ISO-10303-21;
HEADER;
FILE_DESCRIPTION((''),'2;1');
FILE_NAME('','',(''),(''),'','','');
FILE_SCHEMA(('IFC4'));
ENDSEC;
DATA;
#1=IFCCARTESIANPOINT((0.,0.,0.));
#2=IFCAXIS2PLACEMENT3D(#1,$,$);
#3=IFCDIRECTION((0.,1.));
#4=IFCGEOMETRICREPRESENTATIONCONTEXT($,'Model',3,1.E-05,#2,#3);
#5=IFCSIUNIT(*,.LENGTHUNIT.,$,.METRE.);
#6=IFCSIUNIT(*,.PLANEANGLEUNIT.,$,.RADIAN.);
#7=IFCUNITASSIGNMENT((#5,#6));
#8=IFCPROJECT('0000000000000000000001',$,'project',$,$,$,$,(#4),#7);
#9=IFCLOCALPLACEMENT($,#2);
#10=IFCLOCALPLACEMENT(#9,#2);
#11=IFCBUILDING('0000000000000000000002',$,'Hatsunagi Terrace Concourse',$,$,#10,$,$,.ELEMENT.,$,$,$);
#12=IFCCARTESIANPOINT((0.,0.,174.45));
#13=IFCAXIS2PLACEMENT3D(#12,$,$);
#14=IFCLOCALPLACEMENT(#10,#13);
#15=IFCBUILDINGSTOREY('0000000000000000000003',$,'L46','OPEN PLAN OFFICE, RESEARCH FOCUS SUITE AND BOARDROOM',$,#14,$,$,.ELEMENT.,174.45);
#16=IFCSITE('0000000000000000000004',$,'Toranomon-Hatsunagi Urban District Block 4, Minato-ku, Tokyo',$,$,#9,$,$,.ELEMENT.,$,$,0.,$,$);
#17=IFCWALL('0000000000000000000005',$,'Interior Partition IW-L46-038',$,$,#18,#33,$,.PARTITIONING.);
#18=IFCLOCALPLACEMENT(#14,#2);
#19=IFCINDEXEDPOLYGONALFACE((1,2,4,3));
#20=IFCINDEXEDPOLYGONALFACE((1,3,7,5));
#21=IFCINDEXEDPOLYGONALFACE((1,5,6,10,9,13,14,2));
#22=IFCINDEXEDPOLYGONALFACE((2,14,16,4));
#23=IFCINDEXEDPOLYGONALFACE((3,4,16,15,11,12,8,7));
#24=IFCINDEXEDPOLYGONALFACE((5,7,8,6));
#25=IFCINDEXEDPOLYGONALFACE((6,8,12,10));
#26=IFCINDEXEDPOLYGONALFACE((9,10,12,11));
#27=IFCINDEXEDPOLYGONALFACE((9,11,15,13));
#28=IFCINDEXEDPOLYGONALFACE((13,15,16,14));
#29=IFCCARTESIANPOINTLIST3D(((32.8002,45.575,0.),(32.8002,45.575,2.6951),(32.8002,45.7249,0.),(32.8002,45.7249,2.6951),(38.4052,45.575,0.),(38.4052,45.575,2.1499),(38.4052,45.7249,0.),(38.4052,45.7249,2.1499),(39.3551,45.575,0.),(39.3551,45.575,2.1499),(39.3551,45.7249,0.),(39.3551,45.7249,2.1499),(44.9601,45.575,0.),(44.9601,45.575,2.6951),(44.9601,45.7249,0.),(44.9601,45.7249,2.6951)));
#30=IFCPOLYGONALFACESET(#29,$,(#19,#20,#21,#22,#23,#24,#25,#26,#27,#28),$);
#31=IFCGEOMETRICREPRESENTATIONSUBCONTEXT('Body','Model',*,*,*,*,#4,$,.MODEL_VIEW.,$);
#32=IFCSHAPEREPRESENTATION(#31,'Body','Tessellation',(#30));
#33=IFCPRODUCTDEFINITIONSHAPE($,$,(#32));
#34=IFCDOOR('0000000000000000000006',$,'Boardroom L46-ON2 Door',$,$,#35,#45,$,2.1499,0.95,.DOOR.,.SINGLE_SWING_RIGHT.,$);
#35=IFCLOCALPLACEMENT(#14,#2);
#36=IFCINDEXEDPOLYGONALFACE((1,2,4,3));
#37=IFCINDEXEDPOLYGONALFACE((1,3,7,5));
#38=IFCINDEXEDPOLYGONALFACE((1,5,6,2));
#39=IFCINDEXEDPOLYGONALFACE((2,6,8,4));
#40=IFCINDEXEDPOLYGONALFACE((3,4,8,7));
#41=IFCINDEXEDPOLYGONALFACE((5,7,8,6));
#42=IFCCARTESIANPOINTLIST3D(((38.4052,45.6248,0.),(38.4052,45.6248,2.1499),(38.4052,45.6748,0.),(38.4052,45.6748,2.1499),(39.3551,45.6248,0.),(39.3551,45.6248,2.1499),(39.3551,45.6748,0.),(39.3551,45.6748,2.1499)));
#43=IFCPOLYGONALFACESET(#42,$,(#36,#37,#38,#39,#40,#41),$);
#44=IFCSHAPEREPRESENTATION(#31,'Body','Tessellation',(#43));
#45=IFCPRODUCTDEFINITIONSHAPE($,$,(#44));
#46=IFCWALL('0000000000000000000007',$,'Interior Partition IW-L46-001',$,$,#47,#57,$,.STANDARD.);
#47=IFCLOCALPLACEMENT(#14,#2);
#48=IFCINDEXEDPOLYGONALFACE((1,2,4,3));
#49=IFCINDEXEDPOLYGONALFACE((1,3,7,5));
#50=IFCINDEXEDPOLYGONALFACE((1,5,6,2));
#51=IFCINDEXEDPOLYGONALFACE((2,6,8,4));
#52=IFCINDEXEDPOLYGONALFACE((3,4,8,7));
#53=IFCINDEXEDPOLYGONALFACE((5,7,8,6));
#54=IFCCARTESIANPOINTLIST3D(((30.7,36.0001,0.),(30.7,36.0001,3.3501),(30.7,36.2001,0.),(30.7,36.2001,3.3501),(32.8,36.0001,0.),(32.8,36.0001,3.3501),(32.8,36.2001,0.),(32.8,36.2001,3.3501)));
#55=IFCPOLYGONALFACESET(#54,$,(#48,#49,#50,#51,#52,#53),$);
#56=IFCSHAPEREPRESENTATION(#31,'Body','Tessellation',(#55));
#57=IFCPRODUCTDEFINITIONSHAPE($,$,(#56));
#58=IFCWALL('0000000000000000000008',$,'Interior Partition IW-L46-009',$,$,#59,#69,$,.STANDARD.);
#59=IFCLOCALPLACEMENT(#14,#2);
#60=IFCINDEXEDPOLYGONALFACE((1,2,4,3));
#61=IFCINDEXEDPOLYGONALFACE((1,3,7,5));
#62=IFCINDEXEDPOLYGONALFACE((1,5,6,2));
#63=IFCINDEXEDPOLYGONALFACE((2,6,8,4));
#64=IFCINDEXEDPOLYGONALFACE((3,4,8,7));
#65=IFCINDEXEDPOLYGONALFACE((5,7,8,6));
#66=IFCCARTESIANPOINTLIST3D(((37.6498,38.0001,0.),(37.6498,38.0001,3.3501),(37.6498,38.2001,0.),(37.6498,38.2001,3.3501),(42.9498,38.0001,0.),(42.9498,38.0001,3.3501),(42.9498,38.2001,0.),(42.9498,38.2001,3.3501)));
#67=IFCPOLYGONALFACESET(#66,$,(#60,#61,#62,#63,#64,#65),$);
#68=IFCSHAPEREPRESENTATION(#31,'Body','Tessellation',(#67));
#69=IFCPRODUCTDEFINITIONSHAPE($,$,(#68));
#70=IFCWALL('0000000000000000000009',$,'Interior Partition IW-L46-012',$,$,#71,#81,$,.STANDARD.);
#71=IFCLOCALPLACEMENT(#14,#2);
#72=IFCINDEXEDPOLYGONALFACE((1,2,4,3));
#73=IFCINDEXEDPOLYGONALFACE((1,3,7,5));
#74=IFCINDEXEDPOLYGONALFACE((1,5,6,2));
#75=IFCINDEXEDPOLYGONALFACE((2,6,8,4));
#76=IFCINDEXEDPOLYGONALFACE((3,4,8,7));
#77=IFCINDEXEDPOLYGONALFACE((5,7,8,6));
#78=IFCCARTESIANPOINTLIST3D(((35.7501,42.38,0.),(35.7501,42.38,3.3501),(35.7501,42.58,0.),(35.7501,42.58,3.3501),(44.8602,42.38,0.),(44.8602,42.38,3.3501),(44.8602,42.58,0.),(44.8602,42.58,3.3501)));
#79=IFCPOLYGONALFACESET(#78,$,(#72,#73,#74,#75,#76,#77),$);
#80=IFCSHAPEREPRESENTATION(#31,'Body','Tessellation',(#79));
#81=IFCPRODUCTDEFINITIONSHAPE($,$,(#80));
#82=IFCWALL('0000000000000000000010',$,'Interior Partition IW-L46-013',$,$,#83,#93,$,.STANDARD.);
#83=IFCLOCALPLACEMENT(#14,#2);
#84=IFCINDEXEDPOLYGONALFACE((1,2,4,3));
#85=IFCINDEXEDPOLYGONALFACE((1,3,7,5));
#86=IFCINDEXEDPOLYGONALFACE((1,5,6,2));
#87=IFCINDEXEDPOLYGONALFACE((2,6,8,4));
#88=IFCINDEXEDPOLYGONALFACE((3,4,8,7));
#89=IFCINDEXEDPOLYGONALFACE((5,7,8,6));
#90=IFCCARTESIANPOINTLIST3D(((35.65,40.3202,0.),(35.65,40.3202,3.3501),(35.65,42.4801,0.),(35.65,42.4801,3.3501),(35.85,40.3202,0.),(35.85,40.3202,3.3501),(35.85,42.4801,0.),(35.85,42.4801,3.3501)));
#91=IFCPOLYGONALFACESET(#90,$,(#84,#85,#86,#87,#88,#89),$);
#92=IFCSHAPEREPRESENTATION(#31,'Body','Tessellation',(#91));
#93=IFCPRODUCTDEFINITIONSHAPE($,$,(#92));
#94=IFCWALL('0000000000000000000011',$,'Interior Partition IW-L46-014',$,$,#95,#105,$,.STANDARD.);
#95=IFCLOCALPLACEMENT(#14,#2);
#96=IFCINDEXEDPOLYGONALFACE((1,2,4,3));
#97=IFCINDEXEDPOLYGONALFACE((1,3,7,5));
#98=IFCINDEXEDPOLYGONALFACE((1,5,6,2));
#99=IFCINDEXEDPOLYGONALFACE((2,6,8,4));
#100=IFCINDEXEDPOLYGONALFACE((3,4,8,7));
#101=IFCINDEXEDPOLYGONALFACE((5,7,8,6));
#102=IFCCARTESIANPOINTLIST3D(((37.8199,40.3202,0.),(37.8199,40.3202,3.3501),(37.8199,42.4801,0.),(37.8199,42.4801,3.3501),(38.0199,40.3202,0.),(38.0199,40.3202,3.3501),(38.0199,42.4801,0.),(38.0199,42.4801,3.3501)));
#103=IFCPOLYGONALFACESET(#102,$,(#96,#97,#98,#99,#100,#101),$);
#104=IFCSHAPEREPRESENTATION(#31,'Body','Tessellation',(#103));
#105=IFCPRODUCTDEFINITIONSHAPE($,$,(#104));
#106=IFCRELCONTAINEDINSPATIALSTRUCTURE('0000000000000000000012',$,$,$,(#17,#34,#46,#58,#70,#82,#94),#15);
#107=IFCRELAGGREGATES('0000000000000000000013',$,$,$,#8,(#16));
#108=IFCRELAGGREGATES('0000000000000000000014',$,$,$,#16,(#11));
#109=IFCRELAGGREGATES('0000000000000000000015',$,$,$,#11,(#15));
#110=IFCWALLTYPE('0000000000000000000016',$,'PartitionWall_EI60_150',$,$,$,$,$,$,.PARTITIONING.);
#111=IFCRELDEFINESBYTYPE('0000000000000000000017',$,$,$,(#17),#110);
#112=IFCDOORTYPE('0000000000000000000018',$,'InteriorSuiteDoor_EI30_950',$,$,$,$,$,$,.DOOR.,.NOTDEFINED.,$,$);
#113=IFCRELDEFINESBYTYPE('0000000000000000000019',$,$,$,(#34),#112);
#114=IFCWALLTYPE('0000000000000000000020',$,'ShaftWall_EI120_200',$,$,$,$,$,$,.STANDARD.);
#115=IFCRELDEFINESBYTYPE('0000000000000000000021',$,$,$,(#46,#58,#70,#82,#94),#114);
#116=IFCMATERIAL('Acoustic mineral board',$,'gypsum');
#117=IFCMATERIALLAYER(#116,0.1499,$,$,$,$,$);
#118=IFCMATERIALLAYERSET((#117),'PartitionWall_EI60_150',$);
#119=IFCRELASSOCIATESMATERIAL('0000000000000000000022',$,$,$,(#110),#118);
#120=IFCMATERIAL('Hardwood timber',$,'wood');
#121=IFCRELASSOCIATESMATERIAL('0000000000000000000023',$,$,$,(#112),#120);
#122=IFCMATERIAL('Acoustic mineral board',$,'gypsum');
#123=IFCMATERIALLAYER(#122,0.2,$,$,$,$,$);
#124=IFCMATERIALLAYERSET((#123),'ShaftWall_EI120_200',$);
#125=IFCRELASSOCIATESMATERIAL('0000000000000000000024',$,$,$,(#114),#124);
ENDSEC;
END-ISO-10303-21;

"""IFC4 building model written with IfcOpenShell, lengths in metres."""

from ifc_helpers import new_model, si_unit, direction, frame, frame_2d, origin, place, context, subcontext, project, spatial, rectangle, extrude, material, layer, layer_set, type_object, element, fill, save


model = new_model("IFC4")

# Units and contexts
model_context = context("Model", 3, precision=1e-05, world=origin(), true_north=direction((0.0, 1.0)))
body_context = subcontext(model_context, "Body", "Model", "MODEL_VIEW")
ifc_project = project(units=[si_unit("LENGTHUNIT", "METRE"), si_unit("PLANEANGLEUNIT", "RADIAN")], contexts=[model_context])

# Site, building, storey
site_placement = place(None, origin())
site = spatial("IfcSite", under=ifc_project, at=site_placement, Name="Toranomon-Hatsunagi Urban District Block 4, Minato-ku, Tokyo", CompositionType="ELEMENT", RefElevation=0.0)
building_placement = place(site_placement, origin())
building = spatial("IfcBuilding", under=site, at=building_placement, Name="Hatsunagi Terrace Concourse", CompositionType="ELEMENT")
storey_placement = place(building_placement, frame((0.0, 0.0, 174.45)))
storey = spatial("IfcBuildingStorey", under=building, at=storey_placement, Name="L46", Description="OPEN PLAN OFFICE, RESEARCH FOCUS SUITE AND BOARDROOM", CompositionType="ELEMENT", Elevation=174.45)

# Shared definitions
ifc_material_1 = material(Name="Acoustic mineral board", Category="gypsum")
ifc_layer_1 = layer(ifc_material_1, 0.1499)
ifc_layer_set_1 = layer_set([ifc_layer_1], Name="PartitionWall_EI60_150")
wall_type_1 = type_object("IfcWallType", Name="PartitionWall_EI60_150", PredefinedType="PARTITIONING", material=ifc_layer_set_1)

# Wall, opening, door
wall_1_placement = place(storey_placement, frame((32.8, 45.6499, 0.0), z_axis=(0.0, 0.0, 1.0), x_axis=(1.0, 0.0, 0.0)))
wall_1 = element("IfcWall", 1, at=wall_1_placement, inside=storey, type_object=wall_type_1, Name="Interior Partition IW-L46-038", PredefinedType="PARTITIONING", context=body_context, shape_type="SweptSolid", body=[
    extrude(rectangle(XDim=12.1599, YDim=0.1499, at=frame_2d((6.0801, 0.0))), origin(), (0.0, 0.0, 1.0), 2.6951),
])
opening_1_placement = place(wall_1_placement, frame((5.605, 0.0, 0.0)))
opening_1 = element("IfcOpeningElement", 2, at=opening_1_placement, cuts=wall_1, PredefinedType="OPENING", context=body_context, shape_type="SweptSolid", body=[
    extrude(rectangle(XDim=0.95, YDim=2.1499, at=frame_2d((0.4751, 1.075))), frame((0.0, 0.085, 0.0), z_axis=(0.0, -1.0, 0.0), x_axis=(1.0, 0.0, 0.0)), (0.0, 0.0, 1.0), 0.1699),
])
ifc_material_2 = material(Name="Hardwood timber", Category="wood")
door_type_1 = type_object("IfcDoorType", Name="InteriorSuiteDoor_EI30_950", OperationType="NOTDEFINED", PredefinedType="DOOR", material=ifc_material_2)
door_1_placement = place(opening_1_placement, origin())
door_1 = element("IfcDoor", 3, at=door_1_placement, inside=storey, type_object=door_type_1, Name="Boardroom L46-ON2 Door", OperationType="SINGLE_SWING_RIGHT", OverallHeight=2.1499, OverallWidth=0.95, PredefinedType="DOOR", context=body_context, shape_type="SweptSolid", body=[
    extrude(rectangle(XDim=0.95, YDim=2.1499, at=frame_2d((0.4751, 1.075))), frame((0.0, 0.0249, 0.0), z_axis=(0.0, -1.0, 0.0), x_axis=(1.0, 0.0, 0.0)), (0.0, 0.0, 1.0), 0.05),
])
fill(opening_1, door_1)

# Walls
ifc_material_3 = material(Name="Acoustic mineral board", Category="gypsum")
ifc_layer_2 = layer(ifc_material_3, 0.2)
ifc_layer_set_2 = layer_set([ifc_layer_2], Name="ShaftWall_EI120_200")
wall_type_2 = type_object("IfcWallType", Name="ShaftWall_EI120_200", PredefinedType="STANDARD", material=ifc_layer_set_2)
wall_2_placement = place(storey_placement, frame((30.7, 36.1001, 0.0), z_axis=(0.0, 0.0, 1.0), x_axis=(1.0, 0.0, 0.0)))
element("IfcWall", 4, at=wall_2_placement, inside=storey, type_object=wall_type_2, Name="Interior Partition IW-L46-001", PredefinedType="STANDARD", context=body_context, shape_type="SweptSolid", body=[
    extrude(rectangle(XDim=2.1001, YDim=0.2, at=frame_2d((1.05, 0.0))), origin(), (0.0, 0.0, 1.0), 3.3501),
])
wall_3_placement = place(storey_placement, frame((37.6499, 38.1001, 0.0), z_axis=(0.0, 0.0, 1.0), x_axis=(1.0, 0.0, 0.0)))
element("IfcWall", 5, at=wall_3_placement, inside=storey, type_object=wall_type_2, Name="Interior Partition IW-L46-009", PredefinedType="STANDARD", context=body_context, shape_type="SweptSolid", body=[
    extrude(rectangle(XDim=5.3, YDim=0.2, at=frame_2d((2.6499, 0.0))), origin(), (0.0, 0.0, 1.0), 3.3501),
])
wall_4_placement = place(storey_placement, frame((35.75, 42.48, 0.0), z_axis=(0.0, 0.0, 1.0), x_axis=(1.0, 0.0, 0.0)))
element("IfcWall", 6, at=wall_4_placement, inside=storey, type_object=wall_type_2, Name="Interior Partition IW-L46-012", PredefinedType="STANDARD", context=body_context, shape_type="SweptSolid", body=[
    extrude(rectangle(XDim=9.1101, YDim=0.2, at=frame_2d((4.5552, 0.0))), origin(), (0.0, 0.0, 1.0), 3.3501),
])
for number, where, z_axis, x_axis, name in (
    (7, (35.75, 40.3201, 0.0), (0.0, 0.0, 1.0), (0.0, 1.0, 0.0), "Interior Partition IW-L46-013"),
    (8, (37.9199, 40.3201, 0.0), (0.0, 0.0, 1.0), (0.0, 1.0, 0.0), "Interior Partition IW-L46-014"),
):
    element("IfcWall", number, at=place(storey_placement, frame(where, z_axis=z_axis, x_axis=x_axis)), inside=storey, type_object=wall_type_2, Name=name, PredefinedType="STANDARD", context=body_context, shape_type="SweptSolid", body=[
        extrude(rectangle(XDim=2.1599, YDim=0.2, at=frame_2d((1.0801, 0.0))), origin(), (0.0, 0.0, 1.0), 3.3501),
    ])

save(model, "model.ifc")
